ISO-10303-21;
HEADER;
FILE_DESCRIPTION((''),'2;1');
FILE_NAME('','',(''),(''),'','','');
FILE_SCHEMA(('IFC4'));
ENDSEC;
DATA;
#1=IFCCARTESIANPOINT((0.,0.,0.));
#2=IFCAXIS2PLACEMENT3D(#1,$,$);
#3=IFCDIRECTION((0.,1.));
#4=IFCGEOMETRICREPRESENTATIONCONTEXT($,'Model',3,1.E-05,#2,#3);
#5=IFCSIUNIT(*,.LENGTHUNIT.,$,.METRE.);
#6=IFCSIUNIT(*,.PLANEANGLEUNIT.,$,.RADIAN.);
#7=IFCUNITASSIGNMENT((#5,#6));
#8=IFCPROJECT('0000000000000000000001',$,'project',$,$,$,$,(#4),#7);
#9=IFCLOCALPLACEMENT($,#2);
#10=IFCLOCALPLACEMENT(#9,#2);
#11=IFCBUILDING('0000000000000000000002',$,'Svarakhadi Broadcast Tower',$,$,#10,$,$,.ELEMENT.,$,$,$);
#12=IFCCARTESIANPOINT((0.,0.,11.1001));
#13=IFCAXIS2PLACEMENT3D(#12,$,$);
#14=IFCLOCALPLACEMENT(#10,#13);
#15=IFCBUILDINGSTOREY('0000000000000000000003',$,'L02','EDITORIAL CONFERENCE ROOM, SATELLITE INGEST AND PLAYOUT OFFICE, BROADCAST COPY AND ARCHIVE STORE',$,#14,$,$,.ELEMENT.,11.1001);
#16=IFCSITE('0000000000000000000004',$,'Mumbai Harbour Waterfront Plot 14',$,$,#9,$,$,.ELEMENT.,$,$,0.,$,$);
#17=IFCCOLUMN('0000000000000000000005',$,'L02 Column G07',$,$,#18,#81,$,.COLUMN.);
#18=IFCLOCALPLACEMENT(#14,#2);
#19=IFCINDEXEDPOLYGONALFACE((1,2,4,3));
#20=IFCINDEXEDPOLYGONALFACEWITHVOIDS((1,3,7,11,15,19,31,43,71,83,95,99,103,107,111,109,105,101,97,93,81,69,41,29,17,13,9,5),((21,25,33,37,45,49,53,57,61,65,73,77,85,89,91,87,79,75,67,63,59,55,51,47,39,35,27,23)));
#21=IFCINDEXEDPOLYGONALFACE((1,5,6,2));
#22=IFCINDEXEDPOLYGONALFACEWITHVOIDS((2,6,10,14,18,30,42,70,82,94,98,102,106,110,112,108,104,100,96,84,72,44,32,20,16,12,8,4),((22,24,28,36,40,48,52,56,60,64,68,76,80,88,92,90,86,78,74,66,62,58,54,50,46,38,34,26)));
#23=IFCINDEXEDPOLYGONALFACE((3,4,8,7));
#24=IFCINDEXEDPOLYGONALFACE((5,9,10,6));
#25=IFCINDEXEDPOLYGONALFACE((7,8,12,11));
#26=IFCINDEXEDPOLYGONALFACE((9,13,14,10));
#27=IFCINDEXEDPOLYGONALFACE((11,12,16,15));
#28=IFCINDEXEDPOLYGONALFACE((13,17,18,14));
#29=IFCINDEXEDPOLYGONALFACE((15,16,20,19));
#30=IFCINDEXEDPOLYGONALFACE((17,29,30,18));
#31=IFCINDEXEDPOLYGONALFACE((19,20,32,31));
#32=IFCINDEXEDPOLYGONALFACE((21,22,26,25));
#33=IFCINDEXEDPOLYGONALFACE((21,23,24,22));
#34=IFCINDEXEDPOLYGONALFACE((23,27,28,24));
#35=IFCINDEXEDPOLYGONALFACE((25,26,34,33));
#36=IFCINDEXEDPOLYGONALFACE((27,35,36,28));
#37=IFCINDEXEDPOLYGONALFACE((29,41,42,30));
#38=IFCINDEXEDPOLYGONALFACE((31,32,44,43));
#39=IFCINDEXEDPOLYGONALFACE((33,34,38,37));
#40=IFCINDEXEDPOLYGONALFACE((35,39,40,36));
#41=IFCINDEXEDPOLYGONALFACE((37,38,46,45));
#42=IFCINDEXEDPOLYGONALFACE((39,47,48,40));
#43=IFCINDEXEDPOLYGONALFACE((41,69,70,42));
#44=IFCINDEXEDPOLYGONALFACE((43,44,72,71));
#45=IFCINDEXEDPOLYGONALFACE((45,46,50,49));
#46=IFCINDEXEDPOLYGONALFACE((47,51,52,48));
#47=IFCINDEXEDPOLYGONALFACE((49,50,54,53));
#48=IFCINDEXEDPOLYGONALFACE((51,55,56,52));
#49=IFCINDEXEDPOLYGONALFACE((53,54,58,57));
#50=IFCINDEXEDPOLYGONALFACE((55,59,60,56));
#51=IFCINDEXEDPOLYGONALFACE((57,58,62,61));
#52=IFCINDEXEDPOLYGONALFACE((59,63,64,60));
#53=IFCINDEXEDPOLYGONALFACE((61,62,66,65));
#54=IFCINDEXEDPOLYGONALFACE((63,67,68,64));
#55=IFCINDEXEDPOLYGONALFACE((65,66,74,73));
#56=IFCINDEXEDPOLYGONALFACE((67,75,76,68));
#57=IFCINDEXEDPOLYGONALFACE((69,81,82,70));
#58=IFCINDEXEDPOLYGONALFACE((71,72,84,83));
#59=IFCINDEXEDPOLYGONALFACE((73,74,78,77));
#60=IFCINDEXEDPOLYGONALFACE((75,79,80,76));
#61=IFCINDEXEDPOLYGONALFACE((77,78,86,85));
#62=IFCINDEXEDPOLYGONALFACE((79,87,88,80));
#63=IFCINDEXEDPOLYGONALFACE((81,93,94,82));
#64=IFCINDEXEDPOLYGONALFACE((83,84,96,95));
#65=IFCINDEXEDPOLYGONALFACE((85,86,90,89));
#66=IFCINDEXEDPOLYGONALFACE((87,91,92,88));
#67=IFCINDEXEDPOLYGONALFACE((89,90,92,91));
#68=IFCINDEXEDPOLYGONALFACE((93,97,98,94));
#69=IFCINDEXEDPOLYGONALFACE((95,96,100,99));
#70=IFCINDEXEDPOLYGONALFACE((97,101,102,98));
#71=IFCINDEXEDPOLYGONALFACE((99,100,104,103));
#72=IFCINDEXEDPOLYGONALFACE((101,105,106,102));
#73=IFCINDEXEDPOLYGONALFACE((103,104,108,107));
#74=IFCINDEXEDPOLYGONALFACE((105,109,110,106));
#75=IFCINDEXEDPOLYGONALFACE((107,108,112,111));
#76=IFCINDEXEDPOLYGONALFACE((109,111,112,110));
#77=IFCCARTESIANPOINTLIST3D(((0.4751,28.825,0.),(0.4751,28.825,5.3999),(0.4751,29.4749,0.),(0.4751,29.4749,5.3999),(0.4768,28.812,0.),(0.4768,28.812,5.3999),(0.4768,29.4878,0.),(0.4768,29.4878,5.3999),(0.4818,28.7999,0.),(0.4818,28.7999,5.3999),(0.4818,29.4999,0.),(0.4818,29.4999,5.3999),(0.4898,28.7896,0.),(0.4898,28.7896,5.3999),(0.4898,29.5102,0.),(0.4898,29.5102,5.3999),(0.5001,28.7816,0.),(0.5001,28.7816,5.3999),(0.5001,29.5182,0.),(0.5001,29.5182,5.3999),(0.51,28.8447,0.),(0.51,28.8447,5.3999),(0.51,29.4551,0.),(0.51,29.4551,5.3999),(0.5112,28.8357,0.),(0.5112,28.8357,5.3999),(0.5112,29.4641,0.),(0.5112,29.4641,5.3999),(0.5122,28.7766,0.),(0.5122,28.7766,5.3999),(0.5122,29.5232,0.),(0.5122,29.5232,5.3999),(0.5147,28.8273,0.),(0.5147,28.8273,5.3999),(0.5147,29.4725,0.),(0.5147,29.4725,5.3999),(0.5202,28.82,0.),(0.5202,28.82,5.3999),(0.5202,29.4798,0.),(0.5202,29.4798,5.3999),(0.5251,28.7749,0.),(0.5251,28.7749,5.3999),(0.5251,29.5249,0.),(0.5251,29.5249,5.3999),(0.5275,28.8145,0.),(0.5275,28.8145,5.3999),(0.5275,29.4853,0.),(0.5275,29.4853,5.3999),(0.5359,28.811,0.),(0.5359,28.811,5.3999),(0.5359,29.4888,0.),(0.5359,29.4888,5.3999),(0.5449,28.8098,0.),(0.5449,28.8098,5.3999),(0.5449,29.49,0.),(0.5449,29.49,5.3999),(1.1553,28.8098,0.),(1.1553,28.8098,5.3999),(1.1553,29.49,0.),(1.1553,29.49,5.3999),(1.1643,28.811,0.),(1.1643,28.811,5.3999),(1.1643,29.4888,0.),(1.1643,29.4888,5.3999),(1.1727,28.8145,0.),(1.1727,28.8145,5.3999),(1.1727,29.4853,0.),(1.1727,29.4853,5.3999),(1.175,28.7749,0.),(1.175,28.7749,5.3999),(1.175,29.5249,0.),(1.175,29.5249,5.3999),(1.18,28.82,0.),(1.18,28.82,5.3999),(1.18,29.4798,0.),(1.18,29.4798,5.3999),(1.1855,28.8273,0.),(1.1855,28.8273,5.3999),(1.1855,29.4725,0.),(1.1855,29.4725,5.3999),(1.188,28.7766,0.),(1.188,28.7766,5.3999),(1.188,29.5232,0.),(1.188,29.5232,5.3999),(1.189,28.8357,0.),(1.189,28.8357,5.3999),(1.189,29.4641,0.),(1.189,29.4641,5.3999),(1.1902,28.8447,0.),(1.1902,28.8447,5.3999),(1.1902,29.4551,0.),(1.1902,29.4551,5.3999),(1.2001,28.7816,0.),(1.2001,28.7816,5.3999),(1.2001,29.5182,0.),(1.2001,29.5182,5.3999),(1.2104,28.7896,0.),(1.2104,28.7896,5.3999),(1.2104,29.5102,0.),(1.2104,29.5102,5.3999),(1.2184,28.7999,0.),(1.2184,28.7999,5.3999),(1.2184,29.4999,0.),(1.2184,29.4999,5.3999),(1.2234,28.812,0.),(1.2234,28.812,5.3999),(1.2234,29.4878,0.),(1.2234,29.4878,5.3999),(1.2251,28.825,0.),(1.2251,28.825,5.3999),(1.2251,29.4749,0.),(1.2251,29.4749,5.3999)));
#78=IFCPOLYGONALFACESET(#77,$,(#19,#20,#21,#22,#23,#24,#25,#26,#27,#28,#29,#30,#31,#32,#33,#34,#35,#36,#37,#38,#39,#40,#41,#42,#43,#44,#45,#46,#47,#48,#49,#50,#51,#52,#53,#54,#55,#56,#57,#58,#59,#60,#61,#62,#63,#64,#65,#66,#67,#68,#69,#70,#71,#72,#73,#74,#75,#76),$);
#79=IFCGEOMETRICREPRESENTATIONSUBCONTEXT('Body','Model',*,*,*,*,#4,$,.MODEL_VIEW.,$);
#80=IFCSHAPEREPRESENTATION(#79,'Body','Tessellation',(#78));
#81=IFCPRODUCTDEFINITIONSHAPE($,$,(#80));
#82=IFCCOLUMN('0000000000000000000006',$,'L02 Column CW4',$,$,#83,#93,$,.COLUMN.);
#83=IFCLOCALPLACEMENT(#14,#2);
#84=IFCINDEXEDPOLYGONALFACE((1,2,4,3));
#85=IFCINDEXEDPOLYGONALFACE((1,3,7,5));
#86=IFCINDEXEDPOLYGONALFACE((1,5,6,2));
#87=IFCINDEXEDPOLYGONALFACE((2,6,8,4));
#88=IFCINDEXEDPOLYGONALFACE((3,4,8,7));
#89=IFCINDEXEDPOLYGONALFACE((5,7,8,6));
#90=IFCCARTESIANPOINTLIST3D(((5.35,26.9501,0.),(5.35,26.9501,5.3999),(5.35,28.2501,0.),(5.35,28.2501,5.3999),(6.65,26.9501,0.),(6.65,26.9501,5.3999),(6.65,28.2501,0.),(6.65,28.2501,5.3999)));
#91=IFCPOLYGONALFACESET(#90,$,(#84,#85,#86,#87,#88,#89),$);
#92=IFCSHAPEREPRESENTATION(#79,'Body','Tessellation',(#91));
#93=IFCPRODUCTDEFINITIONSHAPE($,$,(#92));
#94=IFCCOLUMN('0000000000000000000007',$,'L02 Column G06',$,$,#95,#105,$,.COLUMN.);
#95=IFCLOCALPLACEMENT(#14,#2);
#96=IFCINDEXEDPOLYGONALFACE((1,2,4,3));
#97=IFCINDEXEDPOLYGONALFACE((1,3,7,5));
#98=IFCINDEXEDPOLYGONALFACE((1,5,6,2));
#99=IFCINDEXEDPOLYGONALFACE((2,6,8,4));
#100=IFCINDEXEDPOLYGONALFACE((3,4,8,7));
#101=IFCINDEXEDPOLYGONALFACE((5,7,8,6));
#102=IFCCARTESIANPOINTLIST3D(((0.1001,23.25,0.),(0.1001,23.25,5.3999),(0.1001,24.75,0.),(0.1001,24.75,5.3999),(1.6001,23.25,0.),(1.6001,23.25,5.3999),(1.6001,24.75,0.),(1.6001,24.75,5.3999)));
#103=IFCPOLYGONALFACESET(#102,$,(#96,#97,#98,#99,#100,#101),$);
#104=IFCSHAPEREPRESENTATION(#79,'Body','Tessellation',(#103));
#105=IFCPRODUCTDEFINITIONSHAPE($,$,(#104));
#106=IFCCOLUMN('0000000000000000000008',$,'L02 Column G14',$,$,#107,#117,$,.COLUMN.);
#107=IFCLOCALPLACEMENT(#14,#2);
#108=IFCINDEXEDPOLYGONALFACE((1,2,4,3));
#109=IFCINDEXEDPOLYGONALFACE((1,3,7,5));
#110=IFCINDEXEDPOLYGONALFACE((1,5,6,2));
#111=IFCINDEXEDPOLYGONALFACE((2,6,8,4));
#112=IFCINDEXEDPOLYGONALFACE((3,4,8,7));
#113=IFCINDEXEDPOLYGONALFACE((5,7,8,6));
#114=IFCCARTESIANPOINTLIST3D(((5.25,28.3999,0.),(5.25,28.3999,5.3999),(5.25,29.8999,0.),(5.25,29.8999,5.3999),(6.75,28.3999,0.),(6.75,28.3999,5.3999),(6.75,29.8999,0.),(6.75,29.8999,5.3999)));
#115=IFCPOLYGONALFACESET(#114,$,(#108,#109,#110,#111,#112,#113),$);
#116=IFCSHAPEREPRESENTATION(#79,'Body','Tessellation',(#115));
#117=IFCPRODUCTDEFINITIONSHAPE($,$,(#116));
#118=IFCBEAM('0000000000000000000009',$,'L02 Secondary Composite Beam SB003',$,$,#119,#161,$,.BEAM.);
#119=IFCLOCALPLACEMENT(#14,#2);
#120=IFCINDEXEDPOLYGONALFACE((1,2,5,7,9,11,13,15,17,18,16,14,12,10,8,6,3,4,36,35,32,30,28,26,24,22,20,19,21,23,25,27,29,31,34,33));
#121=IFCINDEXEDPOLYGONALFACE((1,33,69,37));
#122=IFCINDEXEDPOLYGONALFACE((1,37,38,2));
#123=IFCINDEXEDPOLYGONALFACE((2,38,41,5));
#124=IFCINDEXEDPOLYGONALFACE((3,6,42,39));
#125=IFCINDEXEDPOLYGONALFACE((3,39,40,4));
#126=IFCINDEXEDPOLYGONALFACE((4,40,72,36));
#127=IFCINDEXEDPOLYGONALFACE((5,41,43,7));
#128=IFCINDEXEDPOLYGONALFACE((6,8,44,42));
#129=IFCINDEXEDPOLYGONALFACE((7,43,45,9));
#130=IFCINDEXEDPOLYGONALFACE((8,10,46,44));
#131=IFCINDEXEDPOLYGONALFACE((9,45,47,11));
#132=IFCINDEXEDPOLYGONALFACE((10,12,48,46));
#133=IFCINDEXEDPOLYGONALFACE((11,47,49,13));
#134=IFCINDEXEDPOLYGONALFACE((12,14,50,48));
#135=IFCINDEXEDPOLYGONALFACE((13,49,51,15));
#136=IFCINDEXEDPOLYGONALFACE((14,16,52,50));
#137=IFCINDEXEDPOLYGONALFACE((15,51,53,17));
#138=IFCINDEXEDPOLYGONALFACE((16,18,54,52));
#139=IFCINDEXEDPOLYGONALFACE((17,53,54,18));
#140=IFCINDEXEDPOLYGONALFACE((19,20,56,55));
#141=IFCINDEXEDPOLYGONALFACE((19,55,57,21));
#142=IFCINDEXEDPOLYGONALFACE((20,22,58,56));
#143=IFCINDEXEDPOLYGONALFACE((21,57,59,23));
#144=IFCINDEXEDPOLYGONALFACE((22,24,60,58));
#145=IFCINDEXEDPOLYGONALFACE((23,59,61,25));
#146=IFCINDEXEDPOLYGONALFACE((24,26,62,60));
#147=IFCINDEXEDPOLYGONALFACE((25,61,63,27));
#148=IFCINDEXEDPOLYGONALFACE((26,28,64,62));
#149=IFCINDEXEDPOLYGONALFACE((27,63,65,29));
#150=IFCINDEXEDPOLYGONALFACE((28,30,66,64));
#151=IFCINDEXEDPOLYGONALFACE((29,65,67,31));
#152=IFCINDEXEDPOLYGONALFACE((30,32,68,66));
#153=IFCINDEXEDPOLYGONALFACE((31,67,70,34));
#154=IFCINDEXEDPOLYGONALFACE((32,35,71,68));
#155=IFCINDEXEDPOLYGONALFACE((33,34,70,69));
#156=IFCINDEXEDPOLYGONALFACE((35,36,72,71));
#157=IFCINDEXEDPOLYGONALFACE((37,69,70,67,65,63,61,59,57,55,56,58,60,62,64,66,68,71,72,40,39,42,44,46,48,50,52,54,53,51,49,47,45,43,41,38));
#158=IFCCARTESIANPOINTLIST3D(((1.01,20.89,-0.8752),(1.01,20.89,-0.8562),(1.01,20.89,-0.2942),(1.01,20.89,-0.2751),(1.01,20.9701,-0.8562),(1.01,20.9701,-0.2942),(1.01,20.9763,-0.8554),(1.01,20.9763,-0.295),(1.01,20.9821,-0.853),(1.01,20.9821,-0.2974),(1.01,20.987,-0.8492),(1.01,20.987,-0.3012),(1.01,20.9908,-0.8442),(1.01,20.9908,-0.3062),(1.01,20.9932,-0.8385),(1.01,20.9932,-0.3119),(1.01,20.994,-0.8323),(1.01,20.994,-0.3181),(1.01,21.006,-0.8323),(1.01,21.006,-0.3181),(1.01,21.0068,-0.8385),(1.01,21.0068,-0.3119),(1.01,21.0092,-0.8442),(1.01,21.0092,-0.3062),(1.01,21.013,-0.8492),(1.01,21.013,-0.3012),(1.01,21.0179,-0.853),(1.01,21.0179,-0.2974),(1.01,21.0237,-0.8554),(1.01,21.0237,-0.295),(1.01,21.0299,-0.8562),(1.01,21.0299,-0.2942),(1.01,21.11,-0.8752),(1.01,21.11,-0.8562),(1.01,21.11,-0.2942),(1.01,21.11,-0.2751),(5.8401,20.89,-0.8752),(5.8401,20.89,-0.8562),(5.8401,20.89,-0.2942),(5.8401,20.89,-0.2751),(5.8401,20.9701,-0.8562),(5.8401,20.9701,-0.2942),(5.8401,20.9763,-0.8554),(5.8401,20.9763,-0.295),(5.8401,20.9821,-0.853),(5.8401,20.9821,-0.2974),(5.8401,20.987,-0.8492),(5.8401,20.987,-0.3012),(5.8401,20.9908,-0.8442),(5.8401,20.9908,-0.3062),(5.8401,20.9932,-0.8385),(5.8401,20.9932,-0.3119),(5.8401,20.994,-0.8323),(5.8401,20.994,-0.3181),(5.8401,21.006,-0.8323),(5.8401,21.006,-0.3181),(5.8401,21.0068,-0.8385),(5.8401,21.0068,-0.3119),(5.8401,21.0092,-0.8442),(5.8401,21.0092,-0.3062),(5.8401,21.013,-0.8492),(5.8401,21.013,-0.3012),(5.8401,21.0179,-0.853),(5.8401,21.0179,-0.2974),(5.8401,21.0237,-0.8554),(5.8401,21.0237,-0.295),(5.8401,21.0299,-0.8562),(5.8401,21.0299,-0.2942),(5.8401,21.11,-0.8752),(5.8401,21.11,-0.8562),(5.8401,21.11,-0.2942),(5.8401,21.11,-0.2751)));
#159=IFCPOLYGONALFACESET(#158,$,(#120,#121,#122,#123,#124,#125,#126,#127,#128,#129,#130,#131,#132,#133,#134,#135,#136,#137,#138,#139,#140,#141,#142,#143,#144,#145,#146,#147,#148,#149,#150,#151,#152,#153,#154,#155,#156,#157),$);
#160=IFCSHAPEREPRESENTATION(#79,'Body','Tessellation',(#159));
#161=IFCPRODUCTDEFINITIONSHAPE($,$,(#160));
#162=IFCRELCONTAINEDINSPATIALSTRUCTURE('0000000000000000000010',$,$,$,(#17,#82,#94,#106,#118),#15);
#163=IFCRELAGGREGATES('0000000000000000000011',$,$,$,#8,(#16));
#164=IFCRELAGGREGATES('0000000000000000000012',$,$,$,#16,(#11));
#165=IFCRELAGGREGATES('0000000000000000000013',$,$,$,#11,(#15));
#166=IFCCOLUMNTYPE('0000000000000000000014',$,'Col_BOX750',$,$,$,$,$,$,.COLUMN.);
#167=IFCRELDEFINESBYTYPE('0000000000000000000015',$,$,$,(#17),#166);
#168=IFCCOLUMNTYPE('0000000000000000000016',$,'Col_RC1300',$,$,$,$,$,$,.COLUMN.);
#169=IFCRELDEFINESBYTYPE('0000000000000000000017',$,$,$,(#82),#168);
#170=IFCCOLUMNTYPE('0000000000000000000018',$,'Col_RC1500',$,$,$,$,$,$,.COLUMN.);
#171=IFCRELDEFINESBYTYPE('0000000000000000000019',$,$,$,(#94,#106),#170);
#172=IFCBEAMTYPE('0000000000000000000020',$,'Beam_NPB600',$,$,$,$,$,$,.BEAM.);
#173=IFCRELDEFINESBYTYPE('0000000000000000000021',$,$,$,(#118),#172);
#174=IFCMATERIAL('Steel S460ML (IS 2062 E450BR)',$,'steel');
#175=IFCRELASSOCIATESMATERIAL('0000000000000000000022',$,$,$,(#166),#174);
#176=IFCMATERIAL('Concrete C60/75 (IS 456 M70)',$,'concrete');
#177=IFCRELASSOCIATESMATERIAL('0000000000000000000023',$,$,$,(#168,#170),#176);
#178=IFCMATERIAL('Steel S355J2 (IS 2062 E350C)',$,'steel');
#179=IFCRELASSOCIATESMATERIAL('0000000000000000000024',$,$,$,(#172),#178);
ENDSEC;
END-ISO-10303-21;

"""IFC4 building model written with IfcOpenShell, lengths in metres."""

from ifc_helpers import new_model, si_unit, direction, frame, origin, origin_2d, place, context, subcontext, project, spatial, rectangle, hollow_rectangle, i_section, extrude, material, material_profile, profile_set, type_object, element, save


model = new_model("IFC4")

# Units and contexts
model_context = context("Model", 3, precision=1e-05, world=origin(), true_north=direction((0.0, 1.0)))
body_context = subcontext(model_context, "Body", "Model", "MODEL_VIEW")
ifc_project = project(units=[si_unit("LENGTHUNIT", "METRE"), si_unit("PLANEANGLEUNIT", "RADIAN")], contexts=[model_context])

# Site, building, storey
site_placement = place(None, origin())
site = spatial("IfcSite", under=ifc_project, at=site_placement, Name="Mumbai Harbour Waterfront Plot 14", CompositionType="ELEMENT", RefElevation=0.0)
building_placement = place(site_placement, origin())
building = spatial("IfcBuilding", under=site, at=building_placement, Name="Svarakhadi Broadcast Tower", CompositionType="ELEMENT")
storey_placement = place(building_placement, frame((0.0, 0.0, 11.1001)))
storey = spatial("IfcBuildingStorey", under=building, at=storey_placement, Name="L02", Description="EDITORIAL CONFERENCE ROOM, SATELLITE INGEST AND PLAYOUT OFFICE, BROADCAST COPY AND ARCHIVE STORE", CompositionType="ELEMENT", Elevation=11.1001)

# Columns
ifc_material_1 = material(Name="Steel S460ML (IS 2062 E450BR)", Category="steel")
ifc_material_profile_1 = material_profile(ifc_material_1, hollow_rectangle(XDim=0.75, YDim=0.75, WallThickness=0.0349, InnerFilletRadius=0.0349, OuterFilletRadius=0.05, at=origin_2d()), Name="BOX 750x750x35")
ifc_profile_set_1 = profile_set([ifc_material_profile_1], Name="Steel S460ML (IS 2062 E450BR)")
column_type_1 = type_object("IfcColumnType", Name="Col_BOX750", PredefinedType="COLUMN", material=ifc_profile_set_1)
column_1_placement = place(storey_placement, frame((0.8501, 29.1499, 0.0), z_axis=(0.0, 0.0, 1.0), x_axis=(1.0, 0.0, 0.0)))
element("IfcColumn", 1, at=column_1_placement, inside=storey, type_object=column_type_1, Name="L02 Column G07", PredefinedType="COLUMN", context=body_context, shape_type="SweptSolid", body=[
    extrude(hollow_rectangle(XDim=0.75, YDim=0.75, WallThickness=0.0349, InnerFilletRadius=0.0349, OuterFilletRadius=0.05, at=origin_2d()), origin(), (0.0, 0.0, 1.0), 5.3999),
])
ifc_material_2 = material(Name="Concrete C60/75 (IS 456 M70)", Category="concrete")
ifc_material_profile_2 = material_profile(ifc_material_2, rectangle(XDim=1.3, YDim=1.3, at=origin_2d()), Name="RC 1300x1300")
ifc_profile_set_2 = profile_set([ifc_material_profile_2], Name="Concrete C60/75 (IS 456 M70)")
column_type_2 = type_object("IfcColumnType", Name="Col_RC1300", PredefinedType="COLUMN", material=ifc_profile_set_2)
column_2_placement = place(storey_placement, frame((6.0, 27.6001, 0.0), z_axis=(0.0, 0.0, 1.0), x_axis=(1.0, 0.0, 0.0)))
element("IfcColumn", 2, at=column_2_placement, inside=storey, type_object=column_type_2, Name="L02 Column CW4", PredefinedType="COLUMN", context=body_context, shape_type="SweptSolid", body=[
    extrude(rectangle(XDim=1.3, YDim=1.3, at=origin_2d()), origin(), (0.0, 0.0, 1.0), 5.3999),
])
ifc_material_profile_3 = material_profile(ifc_material_2, rectangle(XDim=1.5, YDim=1.5, at=origin_2d()), Name="RC 1500x1500")
ifc_profile_set_3 = profile_set([ifc_material_profile_3], Name="Concrete C60/75 (IS 456 M70)")
column_type_3 = type_object("IfcColumnType", Name="Col_RC1500", PredefinedType="COLUMN", material=ifc_profile_set_3)
for number, where, z_axis, x_axis, name in (
    (3, (0.8501, 24.0, 0.0), (0.0, 0.0, 1.0), (1.0, 0.0, 0.0), "L02 Column G06"),
    (4, (6.0, 29.1499, 0.0), (0.0, 0.0, 1.0), (1.0, 0.0, 0.0), "L02 Column G14"),
):
    element("IfcColumn", number, at=place(storey_placement, frame(where, z_axis=z_axis, x_axis=x_axis)), inside=storey, type_object=column_type_3, Name=name, PredefinedType="COLUMN", context=body_context, shape_type="SweptSolid", body=[
        extrude(rectangle(XDim=1.5, YDim=1.5, at=origin_2d()), origin(), (0.0, 0.0, 1.0), 5.3999),
    ])

# Beam
ifc_material_3 = material(Name="Steel S355J2 (IS 2062 E350C)", Category="steel")
ifc_material_profile_4 = material_profile(ifc_material_3, i_section(OverallWidth=0.22, OverallDepth=0.6001, WebThickness=0.012, FlangeThickness=0.019, FilletRadius=0.0239, at=origin_2d()), Name="NPB 600x220x122")
ifc_profile_set_4 = profile_set([ifc_material_profile_4], Name="Steel S355J2 (IS 2062 E350C)")
beam_type_1 = type_object("IfcBeamType", Name="Beam_NPB600", PredefinedType="BEAM", material=ifc_profile_set_4)
for number, where, z_axis, x_axis, name in (
    (5, (1.01, 21.0, -0.5752), (1.0, 0.0, 0.0), (0.0, 1.0, 0.0), "L02 Secondary Composite Beam SB003"),
):
    element("IfcBeam", number, at=place(storey_placement, frame(where, z_axis=z_axis, x_axis=x_axis)), inside=storey, type_object=beam_type_1, Name=name, PredefinedType="BEAM", context=body_context, shape_type="SweptSolid", body=[
        extrude(i_section(OverallWidth=0.22, OverallDepth=0.6001, WebThickness=0.012, FlangeThickness=0.019, FilletRadius=0.0239, at=origin_2d()), origin(), (0.0, 0.0, 1.0), 4.8301),
    ])

save(model, "model.ifc")
